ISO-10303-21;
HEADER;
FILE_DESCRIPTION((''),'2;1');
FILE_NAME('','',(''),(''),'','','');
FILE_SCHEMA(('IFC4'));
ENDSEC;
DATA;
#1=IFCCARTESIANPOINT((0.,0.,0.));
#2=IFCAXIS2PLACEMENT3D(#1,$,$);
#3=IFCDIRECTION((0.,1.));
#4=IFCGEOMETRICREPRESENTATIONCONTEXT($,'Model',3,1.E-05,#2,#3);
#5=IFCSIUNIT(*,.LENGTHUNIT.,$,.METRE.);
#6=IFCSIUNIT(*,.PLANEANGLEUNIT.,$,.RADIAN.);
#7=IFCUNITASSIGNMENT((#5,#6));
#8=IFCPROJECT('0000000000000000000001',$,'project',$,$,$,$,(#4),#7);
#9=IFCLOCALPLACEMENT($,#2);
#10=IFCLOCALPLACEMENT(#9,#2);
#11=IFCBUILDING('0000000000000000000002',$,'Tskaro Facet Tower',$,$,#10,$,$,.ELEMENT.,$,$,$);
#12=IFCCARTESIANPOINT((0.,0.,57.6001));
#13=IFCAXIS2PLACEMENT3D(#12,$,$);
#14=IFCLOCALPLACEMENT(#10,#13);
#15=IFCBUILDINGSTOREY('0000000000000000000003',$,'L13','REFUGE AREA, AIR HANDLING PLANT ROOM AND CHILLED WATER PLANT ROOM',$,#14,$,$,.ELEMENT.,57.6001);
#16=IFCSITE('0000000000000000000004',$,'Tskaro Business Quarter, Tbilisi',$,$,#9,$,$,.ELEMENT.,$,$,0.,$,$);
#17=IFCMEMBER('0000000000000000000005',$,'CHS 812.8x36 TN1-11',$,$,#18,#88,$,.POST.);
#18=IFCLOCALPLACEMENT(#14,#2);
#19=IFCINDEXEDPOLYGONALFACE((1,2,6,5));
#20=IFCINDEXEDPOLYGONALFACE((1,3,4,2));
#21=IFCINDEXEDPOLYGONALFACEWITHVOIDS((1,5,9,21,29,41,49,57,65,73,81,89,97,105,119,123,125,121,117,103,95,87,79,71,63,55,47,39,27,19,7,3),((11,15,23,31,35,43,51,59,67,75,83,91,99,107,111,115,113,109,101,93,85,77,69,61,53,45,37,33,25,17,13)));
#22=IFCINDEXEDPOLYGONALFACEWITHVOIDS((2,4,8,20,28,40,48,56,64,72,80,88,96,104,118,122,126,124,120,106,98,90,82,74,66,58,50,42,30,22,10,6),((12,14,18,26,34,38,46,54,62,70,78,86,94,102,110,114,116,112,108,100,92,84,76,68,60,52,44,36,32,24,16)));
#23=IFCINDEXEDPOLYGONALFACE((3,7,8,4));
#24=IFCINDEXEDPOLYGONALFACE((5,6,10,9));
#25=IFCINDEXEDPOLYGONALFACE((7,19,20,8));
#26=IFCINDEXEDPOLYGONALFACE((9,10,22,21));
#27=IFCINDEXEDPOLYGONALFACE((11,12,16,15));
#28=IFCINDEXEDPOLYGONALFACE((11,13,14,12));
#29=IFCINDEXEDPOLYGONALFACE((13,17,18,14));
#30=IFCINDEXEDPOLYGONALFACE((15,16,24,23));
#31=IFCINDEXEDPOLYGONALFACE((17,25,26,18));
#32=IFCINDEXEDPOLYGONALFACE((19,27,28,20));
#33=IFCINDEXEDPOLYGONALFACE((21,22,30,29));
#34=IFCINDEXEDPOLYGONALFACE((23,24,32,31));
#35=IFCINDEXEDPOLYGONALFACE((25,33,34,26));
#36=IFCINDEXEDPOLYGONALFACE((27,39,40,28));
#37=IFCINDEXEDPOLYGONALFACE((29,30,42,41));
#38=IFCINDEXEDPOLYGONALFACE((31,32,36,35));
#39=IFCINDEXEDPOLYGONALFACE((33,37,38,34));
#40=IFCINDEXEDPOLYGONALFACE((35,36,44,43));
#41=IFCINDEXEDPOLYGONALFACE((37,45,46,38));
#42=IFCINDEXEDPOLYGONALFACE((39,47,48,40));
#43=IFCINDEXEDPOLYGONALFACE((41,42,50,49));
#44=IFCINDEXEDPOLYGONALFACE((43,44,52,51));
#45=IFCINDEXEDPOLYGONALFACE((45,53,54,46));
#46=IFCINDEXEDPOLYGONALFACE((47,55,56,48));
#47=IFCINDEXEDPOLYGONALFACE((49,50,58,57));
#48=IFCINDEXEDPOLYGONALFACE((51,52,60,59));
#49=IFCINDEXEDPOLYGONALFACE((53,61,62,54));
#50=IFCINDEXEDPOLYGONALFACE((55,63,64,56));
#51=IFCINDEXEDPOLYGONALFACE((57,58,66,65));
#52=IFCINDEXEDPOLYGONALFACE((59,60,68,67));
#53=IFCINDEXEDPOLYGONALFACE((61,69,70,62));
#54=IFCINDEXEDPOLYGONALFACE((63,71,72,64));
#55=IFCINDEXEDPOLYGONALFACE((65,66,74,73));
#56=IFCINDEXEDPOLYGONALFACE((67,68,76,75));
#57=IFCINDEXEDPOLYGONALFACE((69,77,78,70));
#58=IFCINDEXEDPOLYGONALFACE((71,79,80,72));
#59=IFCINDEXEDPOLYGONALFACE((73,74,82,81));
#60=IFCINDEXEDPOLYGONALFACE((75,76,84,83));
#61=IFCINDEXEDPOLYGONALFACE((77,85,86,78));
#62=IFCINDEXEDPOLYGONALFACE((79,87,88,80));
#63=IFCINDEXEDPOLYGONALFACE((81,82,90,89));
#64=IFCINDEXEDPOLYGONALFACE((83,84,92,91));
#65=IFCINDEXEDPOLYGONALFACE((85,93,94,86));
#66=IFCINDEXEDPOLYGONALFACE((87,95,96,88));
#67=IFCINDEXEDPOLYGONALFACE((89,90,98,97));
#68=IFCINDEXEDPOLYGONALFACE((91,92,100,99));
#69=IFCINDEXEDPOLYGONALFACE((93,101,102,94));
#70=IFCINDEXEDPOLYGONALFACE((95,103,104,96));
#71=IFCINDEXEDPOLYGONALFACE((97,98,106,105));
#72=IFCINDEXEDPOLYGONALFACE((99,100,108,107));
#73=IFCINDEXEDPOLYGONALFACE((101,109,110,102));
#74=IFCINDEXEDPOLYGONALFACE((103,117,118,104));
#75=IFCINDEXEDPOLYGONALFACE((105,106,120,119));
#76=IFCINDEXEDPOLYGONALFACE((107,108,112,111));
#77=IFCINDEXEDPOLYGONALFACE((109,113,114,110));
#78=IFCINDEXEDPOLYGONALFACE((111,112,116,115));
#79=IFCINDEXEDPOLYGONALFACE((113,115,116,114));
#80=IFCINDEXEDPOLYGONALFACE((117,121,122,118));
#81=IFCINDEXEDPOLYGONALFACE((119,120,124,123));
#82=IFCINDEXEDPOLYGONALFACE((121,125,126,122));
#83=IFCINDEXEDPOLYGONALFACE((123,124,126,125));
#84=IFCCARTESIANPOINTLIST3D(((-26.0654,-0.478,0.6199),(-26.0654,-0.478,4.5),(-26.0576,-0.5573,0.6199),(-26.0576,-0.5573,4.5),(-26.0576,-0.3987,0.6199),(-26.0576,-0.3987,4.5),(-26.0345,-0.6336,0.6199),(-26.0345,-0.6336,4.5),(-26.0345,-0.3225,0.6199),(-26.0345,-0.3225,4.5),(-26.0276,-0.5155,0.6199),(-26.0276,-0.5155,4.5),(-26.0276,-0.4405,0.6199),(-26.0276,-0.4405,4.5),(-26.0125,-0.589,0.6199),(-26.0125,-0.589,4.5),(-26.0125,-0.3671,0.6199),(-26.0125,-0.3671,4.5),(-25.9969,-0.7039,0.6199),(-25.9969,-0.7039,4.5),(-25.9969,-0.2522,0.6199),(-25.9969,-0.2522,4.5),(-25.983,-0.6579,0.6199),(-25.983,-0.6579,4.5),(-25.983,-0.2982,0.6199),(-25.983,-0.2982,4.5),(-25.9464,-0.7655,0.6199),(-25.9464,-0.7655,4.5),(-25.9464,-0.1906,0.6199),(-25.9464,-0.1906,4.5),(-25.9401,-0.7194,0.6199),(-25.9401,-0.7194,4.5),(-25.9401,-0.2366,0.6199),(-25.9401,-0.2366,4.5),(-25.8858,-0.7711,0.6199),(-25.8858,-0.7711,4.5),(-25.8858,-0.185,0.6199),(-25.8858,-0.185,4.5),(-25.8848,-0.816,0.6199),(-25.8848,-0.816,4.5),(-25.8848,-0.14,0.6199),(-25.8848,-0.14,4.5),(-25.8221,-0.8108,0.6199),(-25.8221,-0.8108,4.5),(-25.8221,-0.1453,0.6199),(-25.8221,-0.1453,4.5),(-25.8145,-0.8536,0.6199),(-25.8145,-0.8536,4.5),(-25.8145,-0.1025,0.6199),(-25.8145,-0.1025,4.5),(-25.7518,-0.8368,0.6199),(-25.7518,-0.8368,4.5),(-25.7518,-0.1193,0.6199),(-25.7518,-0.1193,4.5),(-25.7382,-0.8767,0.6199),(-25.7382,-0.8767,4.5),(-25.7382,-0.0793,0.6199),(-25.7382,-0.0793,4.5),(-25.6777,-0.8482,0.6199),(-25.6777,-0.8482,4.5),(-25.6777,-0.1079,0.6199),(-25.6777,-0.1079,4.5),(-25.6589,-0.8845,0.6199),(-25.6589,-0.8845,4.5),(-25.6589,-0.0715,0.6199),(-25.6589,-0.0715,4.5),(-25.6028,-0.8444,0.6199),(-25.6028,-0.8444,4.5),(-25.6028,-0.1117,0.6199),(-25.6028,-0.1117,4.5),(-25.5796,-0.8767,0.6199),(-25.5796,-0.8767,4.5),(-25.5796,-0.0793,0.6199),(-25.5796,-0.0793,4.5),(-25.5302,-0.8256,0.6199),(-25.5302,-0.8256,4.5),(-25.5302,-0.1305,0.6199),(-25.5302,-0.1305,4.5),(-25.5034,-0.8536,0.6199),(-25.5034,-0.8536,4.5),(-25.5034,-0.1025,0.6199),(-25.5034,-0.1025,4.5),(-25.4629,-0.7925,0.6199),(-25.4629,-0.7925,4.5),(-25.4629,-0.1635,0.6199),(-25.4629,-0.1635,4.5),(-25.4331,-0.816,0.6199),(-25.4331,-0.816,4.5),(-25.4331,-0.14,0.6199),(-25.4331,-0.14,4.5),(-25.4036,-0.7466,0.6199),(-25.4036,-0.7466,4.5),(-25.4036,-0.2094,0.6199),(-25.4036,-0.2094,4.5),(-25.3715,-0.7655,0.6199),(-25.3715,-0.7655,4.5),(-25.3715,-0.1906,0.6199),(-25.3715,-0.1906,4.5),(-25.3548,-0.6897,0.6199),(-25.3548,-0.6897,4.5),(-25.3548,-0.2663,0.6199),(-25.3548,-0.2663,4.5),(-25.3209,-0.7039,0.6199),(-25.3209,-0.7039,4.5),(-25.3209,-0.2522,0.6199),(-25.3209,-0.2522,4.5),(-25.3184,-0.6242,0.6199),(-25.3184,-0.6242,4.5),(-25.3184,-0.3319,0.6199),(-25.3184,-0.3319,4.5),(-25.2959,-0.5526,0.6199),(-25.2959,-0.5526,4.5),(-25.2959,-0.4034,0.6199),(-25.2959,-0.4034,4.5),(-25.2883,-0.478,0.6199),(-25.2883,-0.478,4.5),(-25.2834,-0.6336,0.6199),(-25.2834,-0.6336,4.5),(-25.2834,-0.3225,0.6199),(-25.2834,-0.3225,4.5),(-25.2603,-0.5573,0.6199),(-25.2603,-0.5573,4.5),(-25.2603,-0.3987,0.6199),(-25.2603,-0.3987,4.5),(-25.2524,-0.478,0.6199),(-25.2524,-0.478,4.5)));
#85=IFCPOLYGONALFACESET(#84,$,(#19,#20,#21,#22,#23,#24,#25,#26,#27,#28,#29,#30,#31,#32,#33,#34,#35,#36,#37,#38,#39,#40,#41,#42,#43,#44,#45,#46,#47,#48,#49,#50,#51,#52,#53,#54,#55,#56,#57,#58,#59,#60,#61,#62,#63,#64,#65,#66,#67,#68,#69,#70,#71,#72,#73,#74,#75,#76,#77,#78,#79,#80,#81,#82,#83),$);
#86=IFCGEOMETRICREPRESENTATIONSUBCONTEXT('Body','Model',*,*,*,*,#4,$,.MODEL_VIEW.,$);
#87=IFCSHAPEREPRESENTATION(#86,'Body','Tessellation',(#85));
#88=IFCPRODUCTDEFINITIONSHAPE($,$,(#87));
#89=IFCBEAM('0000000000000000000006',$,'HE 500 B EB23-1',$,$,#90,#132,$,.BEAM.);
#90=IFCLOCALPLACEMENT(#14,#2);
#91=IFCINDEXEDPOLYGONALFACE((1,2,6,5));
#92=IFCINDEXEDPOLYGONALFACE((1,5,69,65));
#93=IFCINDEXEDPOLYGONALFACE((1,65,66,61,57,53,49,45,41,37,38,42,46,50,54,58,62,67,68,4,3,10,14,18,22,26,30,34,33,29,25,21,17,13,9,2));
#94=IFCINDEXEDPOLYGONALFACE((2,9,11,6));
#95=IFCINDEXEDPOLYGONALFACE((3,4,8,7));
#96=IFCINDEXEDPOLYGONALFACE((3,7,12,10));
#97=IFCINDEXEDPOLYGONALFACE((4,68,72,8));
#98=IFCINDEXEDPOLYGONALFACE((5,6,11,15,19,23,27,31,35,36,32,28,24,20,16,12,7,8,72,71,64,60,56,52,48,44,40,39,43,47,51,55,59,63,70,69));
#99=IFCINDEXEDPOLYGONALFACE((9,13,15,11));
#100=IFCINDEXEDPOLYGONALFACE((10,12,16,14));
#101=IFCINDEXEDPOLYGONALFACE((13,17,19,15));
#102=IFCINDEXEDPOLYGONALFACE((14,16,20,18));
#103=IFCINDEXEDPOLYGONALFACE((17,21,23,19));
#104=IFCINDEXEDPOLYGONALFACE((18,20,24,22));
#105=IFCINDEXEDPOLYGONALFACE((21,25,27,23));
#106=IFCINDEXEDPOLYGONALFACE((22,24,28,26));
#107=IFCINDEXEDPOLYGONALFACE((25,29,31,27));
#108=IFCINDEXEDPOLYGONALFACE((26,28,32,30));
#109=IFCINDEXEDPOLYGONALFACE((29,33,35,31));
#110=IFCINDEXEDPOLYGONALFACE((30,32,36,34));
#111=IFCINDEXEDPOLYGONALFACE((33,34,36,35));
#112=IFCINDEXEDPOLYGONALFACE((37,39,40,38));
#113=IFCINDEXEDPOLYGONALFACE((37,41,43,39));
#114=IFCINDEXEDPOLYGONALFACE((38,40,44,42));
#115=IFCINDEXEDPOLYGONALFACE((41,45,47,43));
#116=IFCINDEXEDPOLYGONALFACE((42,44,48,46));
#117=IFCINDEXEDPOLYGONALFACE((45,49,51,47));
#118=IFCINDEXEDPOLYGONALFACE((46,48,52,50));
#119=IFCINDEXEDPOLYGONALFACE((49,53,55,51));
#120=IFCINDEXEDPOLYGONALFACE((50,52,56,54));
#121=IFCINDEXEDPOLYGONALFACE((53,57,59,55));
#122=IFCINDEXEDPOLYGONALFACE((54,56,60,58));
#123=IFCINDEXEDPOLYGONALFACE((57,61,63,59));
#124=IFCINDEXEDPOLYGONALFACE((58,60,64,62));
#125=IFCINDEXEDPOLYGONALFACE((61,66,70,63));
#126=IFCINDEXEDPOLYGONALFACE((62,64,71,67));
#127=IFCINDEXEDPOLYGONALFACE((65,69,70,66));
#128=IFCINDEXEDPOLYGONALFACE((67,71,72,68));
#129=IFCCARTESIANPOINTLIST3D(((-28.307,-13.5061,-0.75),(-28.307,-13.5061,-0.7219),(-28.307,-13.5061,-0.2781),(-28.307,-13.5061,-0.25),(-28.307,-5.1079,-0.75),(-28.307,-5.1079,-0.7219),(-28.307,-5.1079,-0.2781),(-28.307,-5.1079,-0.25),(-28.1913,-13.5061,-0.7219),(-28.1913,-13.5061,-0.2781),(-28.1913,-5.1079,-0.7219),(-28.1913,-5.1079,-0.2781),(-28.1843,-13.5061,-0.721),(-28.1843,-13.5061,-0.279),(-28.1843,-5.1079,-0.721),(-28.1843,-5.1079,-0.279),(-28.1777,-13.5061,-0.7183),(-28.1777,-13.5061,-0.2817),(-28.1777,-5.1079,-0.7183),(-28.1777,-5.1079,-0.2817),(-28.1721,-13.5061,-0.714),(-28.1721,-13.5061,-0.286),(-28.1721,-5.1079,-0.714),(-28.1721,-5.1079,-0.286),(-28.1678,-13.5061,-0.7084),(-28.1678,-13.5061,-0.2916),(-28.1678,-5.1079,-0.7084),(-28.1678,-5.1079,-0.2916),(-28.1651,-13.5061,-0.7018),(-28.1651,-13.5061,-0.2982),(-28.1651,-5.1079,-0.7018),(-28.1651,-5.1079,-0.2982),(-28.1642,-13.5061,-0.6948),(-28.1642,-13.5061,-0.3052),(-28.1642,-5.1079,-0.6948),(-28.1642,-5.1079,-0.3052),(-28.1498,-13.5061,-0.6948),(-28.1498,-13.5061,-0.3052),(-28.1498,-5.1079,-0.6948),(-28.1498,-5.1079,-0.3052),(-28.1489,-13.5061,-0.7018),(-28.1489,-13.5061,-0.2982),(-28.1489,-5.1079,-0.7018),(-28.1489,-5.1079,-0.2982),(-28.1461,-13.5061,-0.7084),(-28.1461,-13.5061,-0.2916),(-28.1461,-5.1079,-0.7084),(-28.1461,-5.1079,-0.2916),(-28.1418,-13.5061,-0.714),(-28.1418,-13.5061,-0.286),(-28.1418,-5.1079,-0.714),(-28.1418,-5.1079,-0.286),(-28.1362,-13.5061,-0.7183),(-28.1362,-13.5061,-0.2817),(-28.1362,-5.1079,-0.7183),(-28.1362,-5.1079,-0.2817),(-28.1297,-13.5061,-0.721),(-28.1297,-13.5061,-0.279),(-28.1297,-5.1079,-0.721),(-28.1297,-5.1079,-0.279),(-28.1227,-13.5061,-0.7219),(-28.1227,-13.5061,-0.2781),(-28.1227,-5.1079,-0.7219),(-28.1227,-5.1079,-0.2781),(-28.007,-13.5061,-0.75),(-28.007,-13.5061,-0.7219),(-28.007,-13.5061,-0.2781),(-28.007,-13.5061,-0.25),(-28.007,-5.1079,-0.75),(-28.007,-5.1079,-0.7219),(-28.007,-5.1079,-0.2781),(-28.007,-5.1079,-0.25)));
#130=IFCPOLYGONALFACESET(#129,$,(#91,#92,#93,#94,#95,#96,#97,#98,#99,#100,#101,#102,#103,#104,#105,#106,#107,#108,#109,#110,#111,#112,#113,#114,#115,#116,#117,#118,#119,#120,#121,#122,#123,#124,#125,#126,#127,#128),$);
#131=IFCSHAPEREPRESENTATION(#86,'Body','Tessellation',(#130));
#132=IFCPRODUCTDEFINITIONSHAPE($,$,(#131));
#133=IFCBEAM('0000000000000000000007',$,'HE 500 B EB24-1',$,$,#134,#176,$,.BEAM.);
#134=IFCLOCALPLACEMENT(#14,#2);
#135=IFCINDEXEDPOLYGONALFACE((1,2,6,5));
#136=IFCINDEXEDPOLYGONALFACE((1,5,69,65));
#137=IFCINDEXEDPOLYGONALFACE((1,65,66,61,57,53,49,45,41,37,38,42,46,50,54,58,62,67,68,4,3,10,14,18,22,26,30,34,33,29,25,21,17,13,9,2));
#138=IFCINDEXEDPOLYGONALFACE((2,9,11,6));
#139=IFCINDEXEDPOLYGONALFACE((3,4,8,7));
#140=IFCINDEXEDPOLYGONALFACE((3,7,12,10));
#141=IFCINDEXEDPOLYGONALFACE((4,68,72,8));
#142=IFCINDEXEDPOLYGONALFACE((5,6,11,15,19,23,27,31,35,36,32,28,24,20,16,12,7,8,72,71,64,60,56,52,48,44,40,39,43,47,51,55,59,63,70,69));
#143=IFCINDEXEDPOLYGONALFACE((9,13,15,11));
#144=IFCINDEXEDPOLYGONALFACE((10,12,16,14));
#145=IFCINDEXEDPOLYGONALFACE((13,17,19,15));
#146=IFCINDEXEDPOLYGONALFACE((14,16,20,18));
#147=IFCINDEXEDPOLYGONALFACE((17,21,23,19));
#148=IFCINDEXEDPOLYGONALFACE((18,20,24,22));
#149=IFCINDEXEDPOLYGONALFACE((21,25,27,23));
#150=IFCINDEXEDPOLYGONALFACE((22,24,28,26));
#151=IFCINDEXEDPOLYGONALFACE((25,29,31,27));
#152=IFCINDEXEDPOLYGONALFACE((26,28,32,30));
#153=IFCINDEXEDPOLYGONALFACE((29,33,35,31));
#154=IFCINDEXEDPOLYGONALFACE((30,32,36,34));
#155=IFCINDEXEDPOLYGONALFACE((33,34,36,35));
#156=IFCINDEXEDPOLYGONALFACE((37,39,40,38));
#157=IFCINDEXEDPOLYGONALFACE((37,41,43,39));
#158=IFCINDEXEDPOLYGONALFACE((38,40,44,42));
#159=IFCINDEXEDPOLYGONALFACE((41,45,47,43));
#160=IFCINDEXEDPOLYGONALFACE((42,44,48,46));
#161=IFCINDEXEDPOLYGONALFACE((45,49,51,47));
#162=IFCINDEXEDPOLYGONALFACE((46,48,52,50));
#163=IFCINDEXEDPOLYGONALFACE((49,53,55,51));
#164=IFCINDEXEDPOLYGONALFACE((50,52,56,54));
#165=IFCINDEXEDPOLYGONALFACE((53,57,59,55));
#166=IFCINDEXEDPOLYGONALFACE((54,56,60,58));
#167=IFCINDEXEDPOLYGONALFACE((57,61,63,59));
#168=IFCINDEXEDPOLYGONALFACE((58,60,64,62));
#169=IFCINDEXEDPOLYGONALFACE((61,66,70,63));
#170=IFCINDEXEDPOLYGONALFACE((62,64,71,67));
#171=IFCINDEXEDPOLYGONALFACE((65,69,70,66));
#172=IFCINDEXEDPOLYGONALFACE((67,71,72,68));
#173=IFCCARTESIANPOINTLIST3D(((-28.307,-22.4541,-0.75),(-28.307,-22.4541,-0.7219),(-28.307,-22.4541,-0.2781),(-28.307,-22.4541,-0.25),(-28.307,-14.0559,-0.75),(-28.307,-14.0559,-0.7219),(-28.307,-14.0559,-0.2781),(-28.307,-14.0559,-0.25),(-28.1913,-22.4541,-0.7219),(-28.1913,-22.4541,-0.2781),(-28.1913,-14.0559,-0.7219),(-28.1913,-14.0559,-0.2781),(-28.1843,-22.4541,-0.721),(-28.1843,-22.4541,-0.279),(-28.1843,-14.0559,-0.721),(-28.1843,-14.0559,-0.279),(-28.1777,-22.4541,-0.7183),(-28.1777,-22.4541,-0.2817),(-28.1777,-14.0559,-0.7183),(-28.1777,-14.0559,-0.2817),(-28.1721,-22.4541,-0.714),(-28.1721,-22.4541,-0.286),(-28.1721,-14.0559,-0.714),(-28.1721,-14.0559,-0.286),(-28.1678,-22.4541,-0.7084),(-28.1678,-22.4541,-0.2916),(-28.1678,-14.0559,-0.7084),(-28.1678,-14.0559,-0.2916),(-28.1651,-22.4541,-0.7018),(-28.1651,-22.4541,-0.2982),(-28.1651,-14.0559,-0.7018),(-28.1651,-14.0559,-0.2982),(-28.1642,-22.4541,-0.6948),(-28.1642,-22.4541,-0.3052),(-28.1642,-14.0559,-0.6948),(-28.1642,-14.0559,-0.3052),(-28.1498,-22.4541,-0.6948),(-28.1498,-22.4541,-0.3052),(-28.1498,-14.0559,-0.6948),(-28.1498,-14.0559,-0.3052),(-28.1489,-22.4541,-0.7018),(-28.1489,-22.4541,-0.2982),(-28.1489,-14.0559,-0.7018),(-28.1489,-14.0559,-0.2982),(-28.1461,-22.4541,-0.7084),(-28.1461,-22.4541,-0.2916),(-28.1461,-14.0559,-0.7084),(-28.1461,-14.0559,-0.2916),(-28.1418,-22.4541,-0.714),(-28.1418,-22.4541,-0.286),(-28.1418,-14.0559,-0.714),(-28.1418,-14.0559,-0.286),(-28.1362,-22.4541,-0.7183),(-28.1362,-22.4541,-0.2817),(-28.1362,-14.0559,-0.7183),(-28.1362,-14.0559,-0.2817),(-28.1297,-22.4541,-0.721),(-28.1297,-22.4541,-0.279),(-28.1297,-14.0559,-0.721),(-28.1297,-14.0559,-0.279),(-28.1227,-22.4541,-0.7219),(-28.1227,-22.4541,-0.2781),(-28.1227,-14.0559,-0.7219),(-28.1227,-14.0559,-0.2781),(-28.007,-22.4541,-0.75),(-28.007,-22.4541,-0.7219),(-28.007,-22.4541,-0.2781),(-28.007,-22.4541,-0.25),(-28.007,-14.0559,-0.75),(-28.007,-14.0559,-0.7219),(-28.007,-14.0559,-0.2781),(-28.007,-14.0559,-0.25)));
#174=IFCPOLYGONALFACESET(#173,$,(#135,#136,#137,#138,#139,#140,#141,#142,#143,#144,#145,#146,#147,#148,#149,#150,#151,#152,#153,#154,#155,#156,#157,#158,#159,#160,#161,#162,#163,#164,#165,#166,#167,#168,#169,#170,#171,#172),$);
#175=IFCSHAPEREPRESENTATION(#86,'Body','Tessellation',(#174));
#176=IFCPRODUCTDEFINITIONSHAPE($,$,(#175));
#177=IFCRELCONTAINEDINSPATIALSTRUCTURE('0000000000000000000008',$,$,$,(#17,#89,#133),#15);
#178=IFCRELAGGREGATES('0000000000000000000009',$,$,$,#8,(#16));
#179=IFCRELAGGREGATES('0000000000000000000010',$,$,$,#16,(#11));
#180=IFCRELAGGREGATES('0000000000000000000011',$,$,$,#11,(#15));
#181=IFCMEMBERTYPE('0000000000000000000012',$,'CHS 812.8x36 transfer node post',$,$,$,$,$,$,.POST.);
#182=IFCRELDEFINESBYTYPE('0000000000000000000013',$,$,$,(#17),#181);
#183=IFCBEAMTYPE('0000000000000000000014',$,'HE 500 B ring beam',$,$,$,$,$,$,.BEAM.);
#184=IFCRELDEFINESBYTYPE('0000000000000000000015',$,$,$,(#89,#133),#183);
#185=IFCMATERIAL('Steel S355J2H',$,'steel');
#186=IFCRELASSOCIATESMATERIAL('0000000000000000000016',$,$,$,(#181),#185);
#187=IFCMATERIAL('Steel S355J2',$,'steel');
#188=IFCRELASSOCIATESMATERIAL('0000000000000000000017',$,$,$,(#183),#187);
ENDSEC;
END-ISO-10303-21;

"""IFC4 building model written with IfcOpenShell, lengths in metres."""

from ifc_helpers import new_model, si_unit, direction, frame, origin, origin_2d, place, context, subcontext, project, spatial, hollow_circle, i_section, extrude, material, material_profile, profile_set, type_object, element, save


model = new_model("IFC4")

# Units and contexts
model_context = context("Model", 3, precision=1e-05, world=origin(), true_north=direction((0.0, 1.0)))
body_context = subcontext(model_context, "Body", "Model", "MODEL_VIEW")
ifc_project = project(units=[si_unit("LENGTHUNIT", "METRE"), si_unit("PLANEANGLEUNIT", "RADIAN")], contexts=[model_context])

# Site, building, storey
site_placement = place(None, origin())
site = spatial("IfcSite", under=ifc_project, at=site_placement, Name="Tskaro Business Quarter, Tbilisi", CompositionType="ELEMENT", RefElevation=0.0)
building_placement = place(site_placement, origin())
building = spatial("IfcBuilding", under=site, at=building_placement, Name="Tskaro Facet Tower", CompositionType="ELEMENT")
storey_placement = place(building_placement, frame((0.0, 0.0, 57.6001)))
storey = spatial("IfcBuildingStorey", under=building, at=storey_placement, Name="L13", Description="REFUGE AREA, AIR HANDLING PLANT ROOM AND CHILLED WATER PLANT ROOM", CompositionType="ELEMENT", Elevation=57.6001)

# Shared definitions
ifc_material_1 = material(Name="Steel S355J2H", Category="steel")

# Member
ifc_material_profile_1 = material_profile(ifc_material_1, hollow_circle(Radius=0.4065, WallThickness=0.0359, at=origin_2d()), Name="CHS 812.8x36")
ifc_profile_set_1 = profile_set([ifc_material_profile_1], Name="Steel S355J2H")
member_type_1 = type_object("IfcMemberType", Name="CHS 812.8x36 transfer node post", PredefinedType="POST", material=ifc_profile_set_1)
member_1_placement = place(storey_placement, frame((-25.6589, -0.478, 0.6199), z_axis=(0.0, 0.0, 1.0), x_axis=(1.0, 0.0, 0.0)))
element("IfcMember", 1, at=member_1_placement, inside=storey, type_object=member_type_1, Name="CHS 812.8x36 TN1-11", PredefinedType="POST", context=body_context, shape_type="SweptSolid", body=[
    extrude(hollow_circle(Radius=0.4065, WallThickness=0.0359, at=origin_2d()), origin(), (0.0, 0.0, 1.0), 3.8801),
])

# Beams
ifc_material_2 = material(Name="Steel S355J2", Category="steel")
ifc_material_profile_2 = material_profile(ifc_material_2, i_section(OverallWidth=0.3, OverallDepth=0.5, WebThickness=0.0144, FlangeThickness=0.0281, FilletRadius=0.0271, at=origin_2d()), Name="HE 500 B")
ifc_profile_set_2 = profile_set([ifc_material_profile_2], Name="Steel S355J2")
beam_type_1 = type_object("IfcBeamType", Name="HE 500 B ring beam", PredefinedType="BEAM", material=ifc_profile_set_2)
for number, where, z_axis, x_axis, name in (
    (2, (-28.157, -5.1079, -0.5), (0.0, -1.0, 0.0), (1.0, 0.0, 0.0), "HE 500 B EB23-1"),
    (3, (-28.157, -14.0559, -0.5), (0.0, -1.0, 0.0), (1.0, 0.0, 0.0), "HE 500 B EB24-1"),
):
    element("IfcBeam", number, at=place(storey_placement, frame(where, z_axis=z_axis, x_axis=x_axis)), inside=storey, type_object=beam_type_1, Name=name, PredefinedType="BEAM", context=body_context, shape_type="SweptSolid", body=[
        extrude(i_section(OverallWidth=0.3, OverallDepth=0.5, WebThickness=0.0144, FlangeThickness=0.0281, FilletRadius=0.0271, at=origin_2d()), origin(), (0.0, 0.0, 1.0), 8.3982),
    ])

save(model, "model.ifc")
